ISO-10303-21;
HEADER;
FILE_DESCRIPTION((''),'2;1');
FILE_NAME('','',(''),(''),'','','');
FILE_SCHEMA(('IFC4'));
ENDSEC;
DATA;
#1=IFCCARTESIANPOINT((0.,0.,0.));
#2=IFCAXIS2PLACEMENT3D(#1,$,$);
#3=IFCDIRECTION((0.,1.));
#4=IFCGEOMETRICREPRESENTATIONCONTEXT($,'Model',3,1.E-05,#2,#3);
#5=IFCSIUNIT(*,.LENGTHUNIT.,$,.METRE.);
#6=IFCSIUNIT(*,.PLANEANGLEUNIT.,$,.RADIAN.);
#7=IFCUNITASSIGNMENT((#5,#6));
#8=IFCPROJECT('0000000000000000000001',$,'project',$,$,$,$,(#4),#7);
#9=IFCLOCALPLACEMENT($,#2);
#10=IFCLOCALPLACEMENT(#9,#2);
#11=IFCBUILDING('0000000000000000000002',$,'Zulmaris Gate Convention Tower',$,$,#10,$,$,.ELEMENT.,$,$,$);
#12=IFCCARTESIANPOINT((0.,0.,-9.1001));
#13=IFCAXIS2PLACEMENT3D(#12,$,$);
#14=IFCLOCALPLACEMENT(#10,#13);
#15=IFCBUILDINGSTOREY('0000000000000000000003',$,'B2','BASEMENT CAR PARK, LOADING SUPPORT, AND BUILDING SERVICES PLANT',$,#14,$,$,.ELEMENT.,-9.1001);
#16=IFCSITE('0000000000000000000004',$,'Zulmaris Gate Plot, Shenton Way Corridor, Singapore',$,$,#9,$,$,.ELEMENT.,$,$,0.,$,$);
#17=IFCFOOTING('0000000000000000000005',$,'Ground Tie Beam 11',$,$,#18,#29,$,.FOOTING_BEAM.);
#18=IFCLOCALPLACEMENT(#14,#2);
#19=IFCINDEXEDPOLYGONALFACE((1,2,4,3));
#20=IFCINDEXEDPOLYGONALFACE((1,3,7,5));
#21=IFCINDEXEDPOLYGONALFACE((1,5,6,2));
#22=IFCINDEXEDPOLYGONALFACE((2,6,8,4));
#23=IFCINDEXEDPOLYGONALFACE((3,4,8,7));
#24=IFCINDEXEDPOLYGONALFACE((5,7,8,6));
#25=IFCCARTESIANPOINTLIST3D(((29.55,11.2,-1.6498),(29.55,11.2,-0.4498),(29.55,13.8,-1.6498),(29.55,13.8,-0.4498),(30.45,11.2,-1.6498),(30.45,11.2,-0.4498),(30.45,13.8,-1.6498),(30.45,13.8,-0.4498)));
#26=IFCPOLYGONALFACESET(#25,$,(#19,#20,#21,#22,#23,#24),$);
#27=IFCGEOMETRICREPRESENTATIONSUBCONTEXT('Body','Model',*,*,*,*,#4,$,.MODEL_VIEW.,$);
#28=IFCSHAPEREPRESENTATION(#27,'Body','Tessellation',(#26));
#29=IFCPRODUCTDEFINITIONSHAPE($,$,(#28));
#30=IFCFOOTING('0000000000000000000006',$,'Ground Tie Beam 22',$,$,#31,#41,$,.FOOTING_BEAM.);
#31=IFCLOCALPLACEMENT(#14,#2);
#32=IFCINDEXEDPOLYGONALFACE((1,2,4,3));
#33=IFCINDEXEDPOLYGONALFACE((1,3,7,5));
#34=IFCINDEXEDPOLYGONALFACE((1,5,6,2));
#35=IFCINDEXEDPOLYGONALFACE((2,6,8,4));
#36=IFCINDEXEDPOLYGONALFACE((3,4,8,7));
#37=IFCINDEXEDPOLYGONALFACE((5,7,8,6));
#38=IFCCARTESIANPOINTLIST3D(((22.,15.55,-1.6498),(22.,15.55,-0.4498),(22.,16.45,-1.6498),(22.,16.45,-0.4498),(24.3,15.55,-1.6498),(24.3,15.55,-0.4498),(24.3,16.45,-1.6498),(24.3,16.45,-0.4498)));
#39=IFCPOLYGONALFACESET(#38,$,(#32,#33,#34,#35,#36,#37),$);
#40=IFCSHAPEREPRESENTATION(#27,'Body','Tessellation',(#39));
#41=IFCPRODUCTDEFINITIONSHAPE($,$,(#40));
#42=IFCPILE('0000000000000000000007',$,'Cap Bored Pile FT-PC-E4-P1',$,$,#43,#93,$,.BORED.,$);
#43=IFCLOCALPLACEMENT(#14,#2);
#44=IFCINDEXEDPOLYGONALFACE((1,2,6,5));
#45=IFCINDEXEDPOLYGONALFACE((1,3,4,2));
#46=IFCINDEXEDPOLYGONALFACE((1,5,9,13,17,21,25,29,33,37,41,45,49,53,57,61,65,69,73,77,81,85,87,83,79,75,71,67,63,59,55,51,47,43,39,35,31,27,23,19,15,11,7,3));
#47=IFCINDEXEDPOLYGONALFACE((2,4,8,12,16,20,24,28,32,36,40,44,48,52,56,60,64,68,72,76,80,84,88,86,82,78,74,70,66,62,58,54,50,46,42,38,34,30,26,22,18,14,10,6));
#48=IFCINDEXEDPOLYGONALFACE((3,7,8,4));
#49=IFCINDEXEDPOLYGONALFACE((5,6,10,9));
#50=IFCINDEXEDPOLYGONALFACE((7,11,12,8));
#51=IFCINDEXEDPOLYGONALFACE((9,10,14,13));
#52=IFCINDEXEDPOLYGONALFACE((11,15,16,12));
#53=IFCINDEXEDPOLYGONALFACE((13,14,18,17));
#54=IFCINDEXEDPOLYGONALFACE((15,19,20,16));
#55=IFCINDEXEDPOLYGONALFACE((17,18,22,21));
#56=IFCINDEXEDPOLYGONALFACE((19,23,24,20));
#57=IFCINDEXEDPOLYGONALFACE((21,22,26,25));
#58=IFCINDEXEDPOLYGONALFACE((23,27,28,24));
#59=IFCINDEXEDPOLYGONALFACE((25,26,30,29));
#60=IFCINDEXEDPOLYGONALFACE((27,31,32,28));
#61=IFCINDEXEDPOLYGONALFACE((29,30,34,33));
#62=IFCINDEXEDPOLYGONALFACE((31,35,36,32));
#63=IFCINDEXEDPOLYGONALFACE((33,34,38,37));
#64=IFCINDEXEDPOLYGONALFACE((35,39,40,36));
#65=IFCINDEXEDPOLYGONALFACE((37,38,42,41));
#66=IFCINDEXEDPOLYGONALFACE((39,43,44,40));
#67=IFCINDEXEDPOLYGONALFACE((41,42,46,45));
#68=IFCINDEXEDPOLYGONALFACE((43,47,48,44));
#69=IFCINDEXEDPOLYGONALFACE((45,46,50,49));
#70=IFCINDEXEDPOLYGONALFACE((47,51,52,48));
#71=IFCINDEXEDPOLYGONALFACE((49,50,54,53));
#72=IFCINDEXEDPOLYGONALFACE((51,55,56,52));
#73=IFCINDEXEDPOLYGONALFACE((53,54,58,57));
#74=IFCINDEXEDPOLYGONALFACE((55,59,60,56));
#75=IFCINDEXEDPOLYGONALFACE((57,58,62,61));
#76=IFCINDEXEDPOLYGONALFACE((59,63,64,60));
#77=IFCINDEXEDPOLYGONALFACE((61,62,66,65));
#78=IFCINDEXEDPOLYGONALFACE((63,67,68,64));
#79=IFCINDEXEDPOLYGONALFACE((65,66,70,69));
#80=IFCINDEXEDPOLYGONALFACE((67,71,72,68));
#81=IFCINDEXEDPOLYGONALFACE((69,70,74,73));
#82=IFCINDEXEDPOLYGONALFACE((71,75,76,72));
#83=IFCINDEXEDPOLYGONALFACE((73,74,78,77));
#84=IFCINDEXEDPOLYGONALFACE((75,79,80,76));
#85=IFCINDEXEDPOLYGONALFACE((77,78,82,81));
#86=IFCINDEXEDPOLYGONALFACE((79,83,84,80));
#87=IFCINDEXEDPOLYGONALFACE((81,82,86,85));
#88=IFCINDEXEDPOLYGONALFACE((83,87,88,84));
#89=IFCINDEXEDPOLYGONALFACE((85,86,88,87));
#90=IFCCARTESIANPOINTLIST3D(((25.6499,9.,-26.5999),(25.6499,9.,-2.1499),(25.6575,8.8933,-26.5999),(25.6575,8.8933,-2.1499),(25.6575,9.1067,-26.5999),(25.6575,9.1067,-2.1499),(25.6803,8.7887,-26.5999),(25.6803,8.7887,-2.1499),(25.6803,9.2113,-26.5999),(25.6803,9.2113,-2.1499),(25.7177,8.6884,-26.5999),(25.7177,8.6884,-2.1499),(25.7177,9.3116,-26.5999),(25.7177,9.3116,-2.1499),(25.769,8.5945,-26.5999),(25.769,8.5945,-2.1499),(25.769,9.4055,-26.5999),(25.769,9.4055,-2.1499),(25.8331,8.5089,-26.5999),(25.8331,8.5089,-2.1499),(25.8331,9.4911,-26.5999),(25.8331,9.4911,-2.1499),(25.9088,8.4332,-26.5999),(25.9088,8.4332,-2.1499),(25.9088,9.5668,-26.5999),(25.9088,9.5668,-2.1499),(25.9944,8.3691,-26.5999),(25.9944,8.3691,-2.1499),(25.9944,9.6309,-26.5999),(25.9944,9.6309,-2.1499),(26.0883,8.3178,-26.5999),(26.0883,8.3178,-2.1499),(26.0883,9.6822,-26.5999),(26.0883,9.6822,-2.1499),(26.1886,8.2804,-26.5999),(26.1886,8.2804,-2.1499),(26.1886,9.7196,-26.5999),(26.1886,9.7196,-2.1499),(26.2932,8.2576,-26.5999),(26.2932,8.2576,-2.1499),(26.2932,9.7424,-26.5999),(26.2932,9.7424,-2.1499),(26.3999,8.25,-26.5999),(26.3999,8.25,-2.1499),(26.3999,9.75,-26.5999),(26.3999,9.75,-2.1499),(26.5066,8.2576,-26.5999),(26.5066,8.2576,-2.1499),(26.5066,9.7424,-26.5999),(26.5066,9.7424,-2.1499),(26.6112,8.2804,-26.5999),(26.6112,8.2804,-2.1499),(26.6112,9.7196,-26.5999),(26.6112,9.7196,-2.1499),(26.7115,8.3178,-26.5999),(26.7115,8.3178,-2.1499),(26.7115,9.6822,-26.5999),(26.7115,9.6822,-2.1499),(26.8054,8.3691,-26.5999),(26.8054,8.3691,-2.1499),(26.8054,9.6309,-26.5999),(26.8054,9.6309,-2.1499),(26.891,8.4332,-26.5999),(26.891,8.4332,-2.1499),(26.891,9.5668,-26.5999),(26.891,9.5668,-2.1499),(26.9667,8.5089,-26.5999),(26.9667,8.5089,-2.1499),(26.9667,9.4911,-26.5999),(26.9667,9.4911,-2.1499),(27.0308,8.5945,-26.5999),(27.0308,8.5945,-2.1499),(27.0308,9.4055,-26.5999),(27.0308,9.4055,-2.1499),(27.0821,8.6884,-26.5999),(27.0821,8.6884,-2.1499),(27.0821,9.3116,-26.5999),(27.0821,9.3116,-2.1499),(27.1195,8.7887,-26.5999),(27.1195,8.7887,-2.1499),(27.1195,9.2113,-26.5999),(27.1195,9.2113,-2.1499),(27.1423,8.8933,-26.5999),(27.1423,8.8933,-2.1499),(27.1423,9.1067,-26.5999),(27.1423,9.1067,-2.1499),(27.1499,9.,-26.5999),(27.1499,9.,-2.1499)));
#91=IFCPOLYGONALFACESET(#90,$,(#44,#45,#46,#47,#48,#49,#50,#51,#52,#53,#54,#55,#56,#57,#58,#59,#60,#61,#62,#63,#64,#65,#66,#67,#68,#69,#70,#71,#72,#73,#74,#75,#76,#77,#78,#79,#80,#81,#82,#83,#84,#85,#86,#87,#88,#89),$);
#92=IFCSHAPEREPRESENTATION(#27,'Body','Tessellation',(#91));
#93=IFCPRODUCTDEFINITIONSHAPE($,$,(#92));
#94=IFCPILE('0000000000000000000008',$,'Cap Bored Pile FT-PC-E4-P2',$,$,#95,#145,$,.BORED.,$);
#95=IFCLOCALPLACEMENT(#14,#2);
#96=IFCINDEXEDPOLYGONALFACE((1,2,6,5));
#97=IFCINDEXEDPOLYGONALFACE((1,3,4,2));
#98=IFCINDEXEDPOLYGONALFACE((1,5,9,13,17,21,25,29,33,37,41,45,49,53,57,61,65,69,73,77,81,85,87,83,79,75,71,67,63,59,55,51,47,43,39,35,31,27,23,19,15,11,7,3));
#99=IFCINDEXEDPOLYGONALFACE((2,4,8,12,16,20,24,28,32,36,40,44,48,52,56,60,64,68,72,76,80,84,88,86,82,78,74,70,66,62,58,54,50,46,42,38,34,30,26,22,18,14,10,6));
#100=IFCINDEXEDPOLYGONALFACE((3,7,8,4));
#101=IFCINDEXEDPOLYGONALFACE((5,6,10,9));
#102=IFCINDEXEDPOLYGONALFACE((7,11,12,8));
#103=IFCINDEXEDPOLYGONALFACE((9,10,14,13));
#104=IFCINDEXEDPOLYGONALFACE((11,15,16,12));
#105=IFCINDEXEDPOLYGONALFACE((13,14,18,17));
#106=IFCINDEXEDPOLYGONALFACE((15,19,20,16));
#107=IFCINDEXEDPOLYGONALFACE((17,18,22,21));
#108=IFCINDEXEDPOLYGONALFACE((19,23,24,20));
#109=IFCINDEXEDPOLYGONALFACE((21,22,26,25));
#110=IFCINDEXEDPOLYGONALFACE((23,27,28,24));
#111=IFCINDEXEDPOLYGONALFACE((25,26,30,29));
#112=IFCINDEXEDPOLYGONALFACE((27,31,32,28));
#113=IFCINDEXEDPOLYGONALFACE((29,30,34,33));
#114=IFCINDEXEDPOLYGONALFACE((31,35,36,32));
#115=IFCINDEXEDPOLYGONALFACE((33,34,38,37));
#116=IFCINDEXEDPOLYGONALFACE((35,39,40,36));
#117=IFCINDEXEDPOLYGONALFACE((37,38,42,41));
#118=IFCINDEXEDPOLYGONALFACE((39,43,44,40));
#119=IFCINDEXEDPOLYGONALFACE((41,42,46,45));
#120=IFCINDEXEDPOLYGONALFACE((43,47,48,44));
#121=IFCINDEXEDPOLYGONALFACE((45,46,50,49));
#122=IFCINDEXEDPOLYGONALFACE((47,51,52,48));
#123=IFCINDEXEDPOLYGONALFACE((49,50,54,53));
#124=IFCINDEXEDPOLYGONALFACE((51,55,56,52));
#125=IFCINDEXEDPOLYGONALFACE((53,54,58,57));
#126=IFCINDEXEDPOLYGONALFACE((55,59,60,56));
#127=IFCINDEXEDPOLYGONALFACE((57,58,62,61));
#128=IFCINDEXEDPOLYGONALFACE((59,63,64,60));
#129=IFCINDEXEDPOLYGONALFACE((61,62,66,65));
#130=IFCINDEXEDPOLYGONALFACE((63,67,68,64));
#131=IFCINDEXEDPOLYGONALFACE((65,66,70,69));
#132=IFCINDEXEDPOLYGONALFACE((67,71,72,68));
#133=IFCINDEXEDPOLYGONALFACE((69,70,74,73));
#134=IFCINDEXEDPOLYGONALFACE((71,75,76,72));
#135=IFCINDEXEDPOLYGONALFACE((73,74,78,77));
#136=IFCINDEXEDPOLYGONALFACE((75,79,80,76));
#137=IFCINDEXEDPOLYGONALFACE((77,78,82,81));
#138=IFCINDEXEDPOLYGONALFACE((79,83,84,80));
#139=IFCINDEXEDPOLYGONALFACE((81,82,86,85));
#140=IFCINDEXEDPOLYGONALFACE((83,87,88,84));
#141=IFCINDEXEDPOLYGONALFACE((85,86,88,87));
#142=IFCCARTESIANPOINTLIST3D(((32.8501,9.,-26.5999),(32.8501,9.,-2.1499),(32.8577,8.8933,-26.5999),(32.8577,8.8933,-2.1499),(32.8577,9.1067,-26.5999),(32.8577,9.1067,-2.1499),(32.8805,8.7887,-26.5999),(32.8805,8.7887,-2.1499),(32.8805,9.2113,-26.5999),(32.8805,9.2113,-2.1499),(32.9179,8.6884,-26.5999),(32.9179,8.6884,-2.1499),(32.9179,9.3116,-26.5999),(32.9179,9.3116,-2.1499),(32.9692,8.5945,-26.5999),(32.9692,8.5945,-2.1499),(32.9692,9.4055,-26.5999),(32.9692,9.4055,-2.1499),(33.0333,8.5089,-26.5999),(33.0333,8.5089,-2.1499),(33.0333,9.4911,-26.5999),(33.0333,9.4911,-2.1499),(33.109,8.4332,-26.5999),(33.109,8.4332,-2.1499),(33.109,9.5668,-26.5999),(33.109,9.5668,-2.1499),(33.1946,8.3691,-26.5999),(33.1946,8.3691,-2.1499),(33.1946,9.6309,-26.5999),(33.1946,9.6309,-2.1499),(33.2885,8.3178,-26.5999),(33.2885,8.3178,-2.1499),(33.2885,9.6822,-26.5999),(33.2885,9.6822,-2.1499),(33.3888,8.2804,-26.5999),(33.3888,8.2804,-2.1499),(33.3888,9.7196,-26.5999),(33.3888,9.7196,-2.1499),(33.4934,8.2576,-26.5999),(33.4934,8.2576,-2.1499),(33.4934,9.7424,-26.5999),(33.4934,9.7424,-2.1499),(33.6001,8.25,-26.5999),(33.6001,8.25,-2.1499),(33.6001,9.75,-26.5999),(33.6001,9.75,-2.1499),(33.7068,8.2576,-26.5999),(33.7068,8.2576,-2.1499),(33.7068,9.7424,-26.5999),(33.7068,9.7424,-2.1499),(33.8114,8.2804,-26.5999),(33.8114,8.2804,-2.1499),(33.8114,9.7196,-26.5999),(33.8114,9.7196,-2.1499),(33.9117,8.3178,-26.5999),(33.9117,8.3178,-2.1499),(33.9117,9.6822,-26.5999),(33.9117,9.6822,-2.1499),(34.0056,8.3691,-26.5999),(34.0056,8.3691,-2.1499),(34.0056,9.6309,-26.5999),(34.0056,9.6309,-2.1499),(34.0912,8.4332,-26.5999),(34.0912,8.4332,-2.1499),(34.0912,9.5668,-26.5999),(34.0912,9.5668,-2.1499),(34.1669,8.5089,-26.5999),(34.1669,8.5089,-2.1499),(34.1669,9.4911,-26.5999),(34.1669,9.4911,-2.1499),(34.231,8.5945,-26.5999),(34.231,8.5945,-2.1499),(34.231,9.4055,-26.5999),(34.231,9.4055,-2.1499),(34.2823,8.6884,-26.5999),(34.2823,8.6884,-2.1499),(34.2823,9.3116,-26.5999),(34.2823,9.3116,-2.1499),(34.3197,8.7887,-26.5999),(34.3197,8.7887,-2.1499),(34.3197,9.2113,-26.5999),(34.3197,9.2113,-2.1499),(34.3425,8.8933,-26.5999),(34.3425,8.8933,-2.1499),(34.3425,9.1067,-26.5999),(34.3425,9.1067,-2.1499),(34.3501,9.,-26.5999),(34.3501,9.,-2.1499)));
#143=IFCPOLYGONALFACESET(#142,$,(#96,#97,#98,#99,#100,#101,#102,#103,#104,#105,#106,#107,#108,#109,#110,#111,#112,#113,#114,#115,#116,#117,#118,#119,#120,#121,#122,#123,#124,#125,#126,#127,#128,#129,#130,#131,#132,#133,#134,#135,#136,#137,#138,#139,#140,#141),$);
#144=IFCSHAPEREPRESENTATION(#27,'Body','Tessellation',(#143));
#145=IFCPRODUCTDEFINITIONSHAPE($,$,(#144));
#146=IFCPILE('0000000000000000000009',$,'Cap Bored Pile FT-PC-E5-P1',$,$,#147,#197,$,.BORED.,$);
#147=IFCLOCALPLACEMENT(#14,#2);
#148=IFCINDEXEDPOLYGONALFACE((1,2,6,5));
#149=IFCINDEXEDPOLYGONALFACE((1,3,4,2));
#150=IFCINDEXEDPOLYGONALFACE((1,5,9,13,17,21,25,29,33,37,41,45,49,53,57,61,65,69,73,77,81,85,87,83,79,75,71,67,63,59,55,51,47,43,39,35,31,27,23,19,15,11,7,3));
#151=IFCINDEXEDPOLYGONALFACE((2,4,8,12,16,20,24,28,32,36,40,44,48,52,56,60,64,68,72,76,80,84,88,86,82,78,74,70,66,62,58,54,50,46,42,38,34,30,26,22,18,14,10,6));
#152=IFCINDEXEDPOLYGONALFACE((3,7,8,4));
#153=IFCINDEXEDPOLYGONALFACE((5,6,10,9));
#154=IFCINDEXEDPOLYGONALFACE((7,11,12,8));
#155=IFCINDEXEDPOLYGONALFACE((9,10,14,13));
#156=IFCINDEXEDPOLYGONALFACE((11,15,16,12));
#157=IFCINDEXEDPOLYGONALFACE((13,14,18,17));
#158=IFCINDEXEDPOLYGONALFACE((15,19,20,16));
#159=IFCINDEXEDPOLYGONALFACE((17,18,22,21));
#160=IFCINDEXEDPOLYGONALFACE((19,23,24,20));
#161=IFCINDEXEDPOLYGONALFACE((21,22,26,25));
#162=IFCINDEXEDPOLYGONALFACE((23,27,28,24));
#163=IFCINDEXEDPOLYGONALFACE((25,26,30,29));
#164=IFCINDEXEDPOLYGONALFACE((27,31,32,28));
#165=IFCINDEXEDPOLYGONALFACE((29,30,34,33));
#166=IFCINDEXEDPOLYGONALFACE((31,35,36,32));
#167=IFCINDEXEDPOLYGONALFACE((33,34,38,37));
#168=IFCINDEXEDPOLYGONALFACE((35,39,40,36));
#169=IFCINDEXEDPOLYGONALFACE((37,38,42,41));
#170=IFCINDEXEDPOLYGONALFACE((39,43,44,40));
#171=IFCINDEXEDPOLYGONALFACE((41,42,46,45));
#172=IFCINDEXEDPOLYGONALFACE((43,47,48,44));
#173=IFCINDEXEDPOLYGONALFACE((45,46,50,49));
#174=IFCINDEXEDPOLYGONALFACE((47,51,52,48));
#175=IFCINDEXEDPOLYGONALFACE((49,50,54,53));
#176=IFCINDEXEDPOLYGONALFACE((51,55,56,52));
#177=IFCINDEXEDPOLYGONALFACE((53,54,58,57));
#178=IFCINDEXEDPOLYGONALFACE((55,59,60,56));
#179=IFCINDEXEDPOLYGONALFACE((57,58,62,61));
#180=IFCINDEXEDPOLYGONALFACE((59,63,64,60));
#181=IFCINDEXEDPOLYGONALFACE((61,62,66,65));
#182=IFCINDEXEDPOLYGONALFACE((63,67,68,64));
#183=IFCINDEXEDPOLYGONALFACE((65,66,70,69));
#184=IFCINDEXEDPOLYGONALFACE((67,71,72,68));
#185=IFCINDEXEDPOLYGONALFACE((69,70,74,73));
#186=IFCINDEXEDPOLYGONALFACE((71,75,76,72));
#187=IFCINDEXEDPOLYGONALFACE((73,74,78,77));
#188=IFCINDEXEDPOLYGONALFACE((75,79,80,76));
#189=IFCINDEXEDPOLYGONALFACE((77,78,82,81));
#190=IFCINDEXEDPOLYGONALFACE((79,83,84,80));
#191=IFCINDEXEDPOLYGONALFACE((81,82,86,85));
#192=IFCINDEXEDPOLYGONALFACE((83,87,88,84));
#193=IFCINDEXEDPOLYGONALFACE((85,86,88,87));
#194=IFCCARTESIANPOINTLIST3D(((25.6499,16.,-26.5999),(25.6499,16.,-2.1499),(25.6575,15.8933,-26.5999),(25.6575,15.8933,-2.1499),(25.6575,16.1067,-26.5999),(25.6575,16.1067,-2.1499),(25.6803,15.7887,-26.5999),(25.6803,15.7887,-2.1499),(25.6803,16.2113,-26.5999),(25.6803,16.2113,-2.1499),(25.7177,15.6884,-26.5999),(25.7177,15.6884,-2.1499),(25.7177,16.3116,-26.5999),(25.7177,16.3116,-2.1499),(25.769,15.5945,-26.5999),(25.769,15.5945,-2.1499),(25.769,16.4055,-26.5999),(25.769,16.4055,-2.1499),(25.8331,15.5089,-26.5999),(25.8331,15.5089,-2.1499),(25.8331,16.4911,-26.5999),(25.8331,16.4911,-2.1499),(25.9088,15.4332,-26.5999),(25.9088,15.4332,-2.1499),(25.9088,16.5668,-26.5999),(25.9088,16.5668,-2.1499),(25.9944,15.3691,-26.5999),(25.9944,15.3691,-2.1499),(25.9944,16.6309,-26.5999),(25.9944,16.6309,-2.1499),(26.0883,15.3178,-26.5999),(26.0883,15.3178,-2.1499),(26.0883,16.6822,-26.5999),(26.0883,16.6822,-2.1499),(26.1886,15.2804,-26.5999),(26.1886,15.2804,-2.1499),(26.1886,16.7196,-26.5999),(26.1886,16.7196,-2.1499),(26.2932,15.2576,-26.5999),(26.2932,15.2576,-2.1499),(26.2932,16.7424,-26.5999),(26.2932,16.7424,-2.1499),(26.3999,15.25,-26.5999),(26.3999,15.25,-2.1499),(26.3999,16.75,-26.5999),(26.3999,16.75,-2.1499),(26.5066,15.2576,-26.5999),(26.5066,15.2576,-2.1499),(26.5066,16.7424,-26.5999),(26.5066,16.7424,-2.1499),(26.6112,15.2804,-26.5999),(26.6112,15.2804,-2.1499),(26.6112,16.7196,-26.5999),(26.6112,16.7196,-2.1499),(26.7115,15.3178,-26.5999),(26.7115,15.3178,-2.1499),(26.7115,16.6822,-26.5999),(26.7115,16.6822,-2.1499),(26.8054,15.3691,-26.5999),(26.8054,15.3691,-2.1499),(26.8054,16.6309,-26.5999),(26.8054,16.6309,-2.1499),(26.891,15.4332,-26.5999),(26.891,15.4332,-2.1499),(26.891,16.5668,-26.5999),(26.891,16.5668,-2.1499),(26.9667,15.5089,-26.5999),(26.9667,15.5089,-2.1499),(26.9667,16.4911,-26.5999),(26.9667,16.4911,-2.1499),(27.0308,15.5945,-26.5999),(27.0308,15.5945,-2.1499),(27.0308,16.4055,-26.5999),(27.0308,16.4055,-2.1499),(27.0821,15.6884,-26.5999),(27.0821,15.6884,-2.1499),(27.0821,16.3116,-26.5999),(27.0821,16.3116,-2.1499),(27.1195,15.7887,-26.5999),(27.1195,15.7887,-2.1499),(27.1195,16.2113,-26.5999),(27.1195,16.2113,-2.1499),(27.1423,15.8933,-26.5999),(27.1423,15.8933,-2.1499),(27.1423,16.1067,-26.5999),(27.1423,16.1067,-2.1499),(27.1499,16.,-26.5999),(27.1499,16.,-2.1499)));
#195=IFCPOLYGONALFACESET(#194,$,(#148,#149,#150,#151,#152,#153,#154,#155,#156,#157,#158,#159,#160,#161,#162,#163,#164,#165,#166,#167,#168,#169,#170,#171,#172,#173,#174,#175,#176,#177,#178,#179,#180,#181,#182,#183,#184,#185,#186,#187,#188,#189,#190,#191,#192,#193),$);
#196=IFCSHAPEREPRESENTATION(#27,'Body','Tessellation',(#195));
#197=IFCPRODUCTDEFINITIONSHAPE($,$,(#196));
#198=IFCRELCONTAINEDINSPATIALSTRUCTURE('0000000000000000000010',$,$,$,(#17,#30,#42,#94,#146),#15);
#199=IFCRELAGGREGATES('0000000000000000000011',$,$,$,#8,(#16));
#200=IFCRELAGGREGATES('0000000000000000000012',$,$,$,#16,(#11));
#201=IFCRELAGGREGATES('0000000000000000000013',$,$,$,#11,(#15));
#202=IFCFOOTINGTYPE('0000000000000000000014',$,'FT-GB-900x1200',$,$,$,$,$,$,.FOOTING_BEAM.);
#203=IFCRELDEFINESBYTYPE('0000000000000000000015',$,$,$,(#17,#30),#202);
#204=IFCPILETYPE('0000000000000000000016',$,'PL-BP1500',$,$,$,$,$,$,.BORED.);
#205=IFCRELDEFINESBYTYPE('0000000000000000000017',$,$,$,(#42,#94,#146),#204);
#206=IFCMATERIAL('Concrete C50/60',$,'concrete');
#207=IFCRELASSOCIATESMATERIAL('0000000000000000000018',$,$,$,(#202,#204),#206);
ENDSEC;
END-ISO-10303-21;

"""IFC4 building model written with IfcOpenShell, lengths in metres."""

from ifc_helpers import new_model, si_unit, direction, frame, origin, origin_2d, place, context, subcontext, project, spatial, rectangle, circle, extrude, material, material_profile, profile_set, type_object, element, save


model = new_model("IFC4")

# Units and contexts
model_context = context("Model", 3, precision=1e-05, world=origin(), true_north=direction((0.0, 1.0)))
body_context = subcontext(model_context, "Body", "Model", "MODEL_VIEW")
ifc_project = project(units=[si_unit("LENGTHUNIT", "METRE"), si_unit("PLANEANGLEUNIT", "RADIAN")], contexts=[model_context])

# Site, building, storey
site_placement = place(None, origin())
site = spatial("IfcSite", under=ifc_project, at=site_placement, Name="Zulmaris Gate Plot, Shenton Way Corridor, Singapore", CompositionType="ELEMENT", RefElevation=0.0)
building_placement = place(site_placement, origin())
building = spatial("IfcBuilding", under=site, at=building_placement, Name="Zulmaris Gate Convention Tower", CompositionType="ELEMENT")
storey_placement = place(building_placement, frame((0.0, 0.0, -9.1001)))
storey = spatial("IfcBuildingStorey", under=building, at=storey_placement, Name="B2", Description="BASEMENT CAR PARK, LOADING SUPPORT, AND BUILDING SERVICES PLANT", CompositionType="ELEMENT", Elevation=-9.1001)

# Footings
ifc_material_1 = material(Name="Concrete C50/60", Category="concrete")
ifc_material_profile_1 = material_profile(ifc_material_1, rectangle(XDim=0.8999, YDim=1.2, at=origin_2d()), Name="RC TIE 900x1200")
ifc_profile_set_1 = profile_set([ifc_material_profile_1], Name="Concrete C50/60")
footing_type = type_object("IfcFootingType", Name="FT-GB-900x1200", PredefinedType="FOOTING_BEAM", material=ifc_profile_set_1)
footing_1_placement = place(storey_placement, frame((30.0, 11.2, -1.0498), z_axis=(0.0, 1.0, 0.0), x_axis=(-1.0, 0.0, 0.0)))
element("IfcFooting", 1, at=footing_1_placement, inside=storey, type_object=footing_type, Name="Ground Tie Beam 11", PredefinedType="FOOTING_BEAM", context=body_context, shape_type="SweptSolid", body=[
    extrude(rectangle(XDim=0.8999, YDim=1.2, at=origin_2d()), origin(), (0.0, 0.0, 1.0), 2.6001),
])
footing_2_placement = place(storey_placement, frame((22.0, 16.0, -1.0498), z_axis=(1.0, 0.0, 0.0), x_axis=(0.0, 1.0, 0.0)))
element("IfcFooting", 2, at=footing_2_placement, inside=storey, type_object=footing_type, Name="Ground Tie Beam 22", PredefinedType="FOOTING_BEAM", context=body_context, shape_type="SweptSolid", body=[
    extrude(rectangle(XDim=0.8999, YDim=1.2, at=origin_2d()), origin(), (0.0, 0.0, 1.0), 2.3),
])

# Piles
ifc_material_profile_2 = material_profile(ifc_material_1, circle(Radius=0.75, at=origin_2d()), Name="BORED PILE 1500")
ifc_profile_set_2 = profile_set([ifc_material_profile_2], Name="Concrete C50/60")
pile_type = type_object("IfcPileType", Name="PL-BP1500", PredefinedType="BORED", material=ifc_profile_set_2)
for number, where, z_axis, x_axis, name in (
    (3, (26.3999, 9.0, -2.1499), (0.0, 0.0, -1.0), (1.0, 0.0, 0.0), "Cap Bored Pile FT-PC-E4-P1"),
    (4, (33.6001, 9.0, -2.1499), (0.0, 0.0, -1.0), (1.0, 0.0, 0.0), "Cap Bored Pile FT-PC-E4-P2"),
    (5, (26.3999, 16.0, -2.1499), (0.0, 0.0, -1.0), (1.0, 0.0, 0.0), "Cap Bored Pile FT-PC-E5-P1"),
):
    element("IfcPile", number, at=place(storey_placement, frame(where, z_axis=z_axis, x_axis=x_axis)), inside=storey, type_object=pile_type, Name=name, PredefinedType="BORED", context=body_context, shape_type="SweptSolid", body=[
        extrude(circle(Radius=0.75, at=origin_2d()), origin(), (0.0, 0.0, 1.0), 24.45),
    ])

save(model, "model.ifc")
